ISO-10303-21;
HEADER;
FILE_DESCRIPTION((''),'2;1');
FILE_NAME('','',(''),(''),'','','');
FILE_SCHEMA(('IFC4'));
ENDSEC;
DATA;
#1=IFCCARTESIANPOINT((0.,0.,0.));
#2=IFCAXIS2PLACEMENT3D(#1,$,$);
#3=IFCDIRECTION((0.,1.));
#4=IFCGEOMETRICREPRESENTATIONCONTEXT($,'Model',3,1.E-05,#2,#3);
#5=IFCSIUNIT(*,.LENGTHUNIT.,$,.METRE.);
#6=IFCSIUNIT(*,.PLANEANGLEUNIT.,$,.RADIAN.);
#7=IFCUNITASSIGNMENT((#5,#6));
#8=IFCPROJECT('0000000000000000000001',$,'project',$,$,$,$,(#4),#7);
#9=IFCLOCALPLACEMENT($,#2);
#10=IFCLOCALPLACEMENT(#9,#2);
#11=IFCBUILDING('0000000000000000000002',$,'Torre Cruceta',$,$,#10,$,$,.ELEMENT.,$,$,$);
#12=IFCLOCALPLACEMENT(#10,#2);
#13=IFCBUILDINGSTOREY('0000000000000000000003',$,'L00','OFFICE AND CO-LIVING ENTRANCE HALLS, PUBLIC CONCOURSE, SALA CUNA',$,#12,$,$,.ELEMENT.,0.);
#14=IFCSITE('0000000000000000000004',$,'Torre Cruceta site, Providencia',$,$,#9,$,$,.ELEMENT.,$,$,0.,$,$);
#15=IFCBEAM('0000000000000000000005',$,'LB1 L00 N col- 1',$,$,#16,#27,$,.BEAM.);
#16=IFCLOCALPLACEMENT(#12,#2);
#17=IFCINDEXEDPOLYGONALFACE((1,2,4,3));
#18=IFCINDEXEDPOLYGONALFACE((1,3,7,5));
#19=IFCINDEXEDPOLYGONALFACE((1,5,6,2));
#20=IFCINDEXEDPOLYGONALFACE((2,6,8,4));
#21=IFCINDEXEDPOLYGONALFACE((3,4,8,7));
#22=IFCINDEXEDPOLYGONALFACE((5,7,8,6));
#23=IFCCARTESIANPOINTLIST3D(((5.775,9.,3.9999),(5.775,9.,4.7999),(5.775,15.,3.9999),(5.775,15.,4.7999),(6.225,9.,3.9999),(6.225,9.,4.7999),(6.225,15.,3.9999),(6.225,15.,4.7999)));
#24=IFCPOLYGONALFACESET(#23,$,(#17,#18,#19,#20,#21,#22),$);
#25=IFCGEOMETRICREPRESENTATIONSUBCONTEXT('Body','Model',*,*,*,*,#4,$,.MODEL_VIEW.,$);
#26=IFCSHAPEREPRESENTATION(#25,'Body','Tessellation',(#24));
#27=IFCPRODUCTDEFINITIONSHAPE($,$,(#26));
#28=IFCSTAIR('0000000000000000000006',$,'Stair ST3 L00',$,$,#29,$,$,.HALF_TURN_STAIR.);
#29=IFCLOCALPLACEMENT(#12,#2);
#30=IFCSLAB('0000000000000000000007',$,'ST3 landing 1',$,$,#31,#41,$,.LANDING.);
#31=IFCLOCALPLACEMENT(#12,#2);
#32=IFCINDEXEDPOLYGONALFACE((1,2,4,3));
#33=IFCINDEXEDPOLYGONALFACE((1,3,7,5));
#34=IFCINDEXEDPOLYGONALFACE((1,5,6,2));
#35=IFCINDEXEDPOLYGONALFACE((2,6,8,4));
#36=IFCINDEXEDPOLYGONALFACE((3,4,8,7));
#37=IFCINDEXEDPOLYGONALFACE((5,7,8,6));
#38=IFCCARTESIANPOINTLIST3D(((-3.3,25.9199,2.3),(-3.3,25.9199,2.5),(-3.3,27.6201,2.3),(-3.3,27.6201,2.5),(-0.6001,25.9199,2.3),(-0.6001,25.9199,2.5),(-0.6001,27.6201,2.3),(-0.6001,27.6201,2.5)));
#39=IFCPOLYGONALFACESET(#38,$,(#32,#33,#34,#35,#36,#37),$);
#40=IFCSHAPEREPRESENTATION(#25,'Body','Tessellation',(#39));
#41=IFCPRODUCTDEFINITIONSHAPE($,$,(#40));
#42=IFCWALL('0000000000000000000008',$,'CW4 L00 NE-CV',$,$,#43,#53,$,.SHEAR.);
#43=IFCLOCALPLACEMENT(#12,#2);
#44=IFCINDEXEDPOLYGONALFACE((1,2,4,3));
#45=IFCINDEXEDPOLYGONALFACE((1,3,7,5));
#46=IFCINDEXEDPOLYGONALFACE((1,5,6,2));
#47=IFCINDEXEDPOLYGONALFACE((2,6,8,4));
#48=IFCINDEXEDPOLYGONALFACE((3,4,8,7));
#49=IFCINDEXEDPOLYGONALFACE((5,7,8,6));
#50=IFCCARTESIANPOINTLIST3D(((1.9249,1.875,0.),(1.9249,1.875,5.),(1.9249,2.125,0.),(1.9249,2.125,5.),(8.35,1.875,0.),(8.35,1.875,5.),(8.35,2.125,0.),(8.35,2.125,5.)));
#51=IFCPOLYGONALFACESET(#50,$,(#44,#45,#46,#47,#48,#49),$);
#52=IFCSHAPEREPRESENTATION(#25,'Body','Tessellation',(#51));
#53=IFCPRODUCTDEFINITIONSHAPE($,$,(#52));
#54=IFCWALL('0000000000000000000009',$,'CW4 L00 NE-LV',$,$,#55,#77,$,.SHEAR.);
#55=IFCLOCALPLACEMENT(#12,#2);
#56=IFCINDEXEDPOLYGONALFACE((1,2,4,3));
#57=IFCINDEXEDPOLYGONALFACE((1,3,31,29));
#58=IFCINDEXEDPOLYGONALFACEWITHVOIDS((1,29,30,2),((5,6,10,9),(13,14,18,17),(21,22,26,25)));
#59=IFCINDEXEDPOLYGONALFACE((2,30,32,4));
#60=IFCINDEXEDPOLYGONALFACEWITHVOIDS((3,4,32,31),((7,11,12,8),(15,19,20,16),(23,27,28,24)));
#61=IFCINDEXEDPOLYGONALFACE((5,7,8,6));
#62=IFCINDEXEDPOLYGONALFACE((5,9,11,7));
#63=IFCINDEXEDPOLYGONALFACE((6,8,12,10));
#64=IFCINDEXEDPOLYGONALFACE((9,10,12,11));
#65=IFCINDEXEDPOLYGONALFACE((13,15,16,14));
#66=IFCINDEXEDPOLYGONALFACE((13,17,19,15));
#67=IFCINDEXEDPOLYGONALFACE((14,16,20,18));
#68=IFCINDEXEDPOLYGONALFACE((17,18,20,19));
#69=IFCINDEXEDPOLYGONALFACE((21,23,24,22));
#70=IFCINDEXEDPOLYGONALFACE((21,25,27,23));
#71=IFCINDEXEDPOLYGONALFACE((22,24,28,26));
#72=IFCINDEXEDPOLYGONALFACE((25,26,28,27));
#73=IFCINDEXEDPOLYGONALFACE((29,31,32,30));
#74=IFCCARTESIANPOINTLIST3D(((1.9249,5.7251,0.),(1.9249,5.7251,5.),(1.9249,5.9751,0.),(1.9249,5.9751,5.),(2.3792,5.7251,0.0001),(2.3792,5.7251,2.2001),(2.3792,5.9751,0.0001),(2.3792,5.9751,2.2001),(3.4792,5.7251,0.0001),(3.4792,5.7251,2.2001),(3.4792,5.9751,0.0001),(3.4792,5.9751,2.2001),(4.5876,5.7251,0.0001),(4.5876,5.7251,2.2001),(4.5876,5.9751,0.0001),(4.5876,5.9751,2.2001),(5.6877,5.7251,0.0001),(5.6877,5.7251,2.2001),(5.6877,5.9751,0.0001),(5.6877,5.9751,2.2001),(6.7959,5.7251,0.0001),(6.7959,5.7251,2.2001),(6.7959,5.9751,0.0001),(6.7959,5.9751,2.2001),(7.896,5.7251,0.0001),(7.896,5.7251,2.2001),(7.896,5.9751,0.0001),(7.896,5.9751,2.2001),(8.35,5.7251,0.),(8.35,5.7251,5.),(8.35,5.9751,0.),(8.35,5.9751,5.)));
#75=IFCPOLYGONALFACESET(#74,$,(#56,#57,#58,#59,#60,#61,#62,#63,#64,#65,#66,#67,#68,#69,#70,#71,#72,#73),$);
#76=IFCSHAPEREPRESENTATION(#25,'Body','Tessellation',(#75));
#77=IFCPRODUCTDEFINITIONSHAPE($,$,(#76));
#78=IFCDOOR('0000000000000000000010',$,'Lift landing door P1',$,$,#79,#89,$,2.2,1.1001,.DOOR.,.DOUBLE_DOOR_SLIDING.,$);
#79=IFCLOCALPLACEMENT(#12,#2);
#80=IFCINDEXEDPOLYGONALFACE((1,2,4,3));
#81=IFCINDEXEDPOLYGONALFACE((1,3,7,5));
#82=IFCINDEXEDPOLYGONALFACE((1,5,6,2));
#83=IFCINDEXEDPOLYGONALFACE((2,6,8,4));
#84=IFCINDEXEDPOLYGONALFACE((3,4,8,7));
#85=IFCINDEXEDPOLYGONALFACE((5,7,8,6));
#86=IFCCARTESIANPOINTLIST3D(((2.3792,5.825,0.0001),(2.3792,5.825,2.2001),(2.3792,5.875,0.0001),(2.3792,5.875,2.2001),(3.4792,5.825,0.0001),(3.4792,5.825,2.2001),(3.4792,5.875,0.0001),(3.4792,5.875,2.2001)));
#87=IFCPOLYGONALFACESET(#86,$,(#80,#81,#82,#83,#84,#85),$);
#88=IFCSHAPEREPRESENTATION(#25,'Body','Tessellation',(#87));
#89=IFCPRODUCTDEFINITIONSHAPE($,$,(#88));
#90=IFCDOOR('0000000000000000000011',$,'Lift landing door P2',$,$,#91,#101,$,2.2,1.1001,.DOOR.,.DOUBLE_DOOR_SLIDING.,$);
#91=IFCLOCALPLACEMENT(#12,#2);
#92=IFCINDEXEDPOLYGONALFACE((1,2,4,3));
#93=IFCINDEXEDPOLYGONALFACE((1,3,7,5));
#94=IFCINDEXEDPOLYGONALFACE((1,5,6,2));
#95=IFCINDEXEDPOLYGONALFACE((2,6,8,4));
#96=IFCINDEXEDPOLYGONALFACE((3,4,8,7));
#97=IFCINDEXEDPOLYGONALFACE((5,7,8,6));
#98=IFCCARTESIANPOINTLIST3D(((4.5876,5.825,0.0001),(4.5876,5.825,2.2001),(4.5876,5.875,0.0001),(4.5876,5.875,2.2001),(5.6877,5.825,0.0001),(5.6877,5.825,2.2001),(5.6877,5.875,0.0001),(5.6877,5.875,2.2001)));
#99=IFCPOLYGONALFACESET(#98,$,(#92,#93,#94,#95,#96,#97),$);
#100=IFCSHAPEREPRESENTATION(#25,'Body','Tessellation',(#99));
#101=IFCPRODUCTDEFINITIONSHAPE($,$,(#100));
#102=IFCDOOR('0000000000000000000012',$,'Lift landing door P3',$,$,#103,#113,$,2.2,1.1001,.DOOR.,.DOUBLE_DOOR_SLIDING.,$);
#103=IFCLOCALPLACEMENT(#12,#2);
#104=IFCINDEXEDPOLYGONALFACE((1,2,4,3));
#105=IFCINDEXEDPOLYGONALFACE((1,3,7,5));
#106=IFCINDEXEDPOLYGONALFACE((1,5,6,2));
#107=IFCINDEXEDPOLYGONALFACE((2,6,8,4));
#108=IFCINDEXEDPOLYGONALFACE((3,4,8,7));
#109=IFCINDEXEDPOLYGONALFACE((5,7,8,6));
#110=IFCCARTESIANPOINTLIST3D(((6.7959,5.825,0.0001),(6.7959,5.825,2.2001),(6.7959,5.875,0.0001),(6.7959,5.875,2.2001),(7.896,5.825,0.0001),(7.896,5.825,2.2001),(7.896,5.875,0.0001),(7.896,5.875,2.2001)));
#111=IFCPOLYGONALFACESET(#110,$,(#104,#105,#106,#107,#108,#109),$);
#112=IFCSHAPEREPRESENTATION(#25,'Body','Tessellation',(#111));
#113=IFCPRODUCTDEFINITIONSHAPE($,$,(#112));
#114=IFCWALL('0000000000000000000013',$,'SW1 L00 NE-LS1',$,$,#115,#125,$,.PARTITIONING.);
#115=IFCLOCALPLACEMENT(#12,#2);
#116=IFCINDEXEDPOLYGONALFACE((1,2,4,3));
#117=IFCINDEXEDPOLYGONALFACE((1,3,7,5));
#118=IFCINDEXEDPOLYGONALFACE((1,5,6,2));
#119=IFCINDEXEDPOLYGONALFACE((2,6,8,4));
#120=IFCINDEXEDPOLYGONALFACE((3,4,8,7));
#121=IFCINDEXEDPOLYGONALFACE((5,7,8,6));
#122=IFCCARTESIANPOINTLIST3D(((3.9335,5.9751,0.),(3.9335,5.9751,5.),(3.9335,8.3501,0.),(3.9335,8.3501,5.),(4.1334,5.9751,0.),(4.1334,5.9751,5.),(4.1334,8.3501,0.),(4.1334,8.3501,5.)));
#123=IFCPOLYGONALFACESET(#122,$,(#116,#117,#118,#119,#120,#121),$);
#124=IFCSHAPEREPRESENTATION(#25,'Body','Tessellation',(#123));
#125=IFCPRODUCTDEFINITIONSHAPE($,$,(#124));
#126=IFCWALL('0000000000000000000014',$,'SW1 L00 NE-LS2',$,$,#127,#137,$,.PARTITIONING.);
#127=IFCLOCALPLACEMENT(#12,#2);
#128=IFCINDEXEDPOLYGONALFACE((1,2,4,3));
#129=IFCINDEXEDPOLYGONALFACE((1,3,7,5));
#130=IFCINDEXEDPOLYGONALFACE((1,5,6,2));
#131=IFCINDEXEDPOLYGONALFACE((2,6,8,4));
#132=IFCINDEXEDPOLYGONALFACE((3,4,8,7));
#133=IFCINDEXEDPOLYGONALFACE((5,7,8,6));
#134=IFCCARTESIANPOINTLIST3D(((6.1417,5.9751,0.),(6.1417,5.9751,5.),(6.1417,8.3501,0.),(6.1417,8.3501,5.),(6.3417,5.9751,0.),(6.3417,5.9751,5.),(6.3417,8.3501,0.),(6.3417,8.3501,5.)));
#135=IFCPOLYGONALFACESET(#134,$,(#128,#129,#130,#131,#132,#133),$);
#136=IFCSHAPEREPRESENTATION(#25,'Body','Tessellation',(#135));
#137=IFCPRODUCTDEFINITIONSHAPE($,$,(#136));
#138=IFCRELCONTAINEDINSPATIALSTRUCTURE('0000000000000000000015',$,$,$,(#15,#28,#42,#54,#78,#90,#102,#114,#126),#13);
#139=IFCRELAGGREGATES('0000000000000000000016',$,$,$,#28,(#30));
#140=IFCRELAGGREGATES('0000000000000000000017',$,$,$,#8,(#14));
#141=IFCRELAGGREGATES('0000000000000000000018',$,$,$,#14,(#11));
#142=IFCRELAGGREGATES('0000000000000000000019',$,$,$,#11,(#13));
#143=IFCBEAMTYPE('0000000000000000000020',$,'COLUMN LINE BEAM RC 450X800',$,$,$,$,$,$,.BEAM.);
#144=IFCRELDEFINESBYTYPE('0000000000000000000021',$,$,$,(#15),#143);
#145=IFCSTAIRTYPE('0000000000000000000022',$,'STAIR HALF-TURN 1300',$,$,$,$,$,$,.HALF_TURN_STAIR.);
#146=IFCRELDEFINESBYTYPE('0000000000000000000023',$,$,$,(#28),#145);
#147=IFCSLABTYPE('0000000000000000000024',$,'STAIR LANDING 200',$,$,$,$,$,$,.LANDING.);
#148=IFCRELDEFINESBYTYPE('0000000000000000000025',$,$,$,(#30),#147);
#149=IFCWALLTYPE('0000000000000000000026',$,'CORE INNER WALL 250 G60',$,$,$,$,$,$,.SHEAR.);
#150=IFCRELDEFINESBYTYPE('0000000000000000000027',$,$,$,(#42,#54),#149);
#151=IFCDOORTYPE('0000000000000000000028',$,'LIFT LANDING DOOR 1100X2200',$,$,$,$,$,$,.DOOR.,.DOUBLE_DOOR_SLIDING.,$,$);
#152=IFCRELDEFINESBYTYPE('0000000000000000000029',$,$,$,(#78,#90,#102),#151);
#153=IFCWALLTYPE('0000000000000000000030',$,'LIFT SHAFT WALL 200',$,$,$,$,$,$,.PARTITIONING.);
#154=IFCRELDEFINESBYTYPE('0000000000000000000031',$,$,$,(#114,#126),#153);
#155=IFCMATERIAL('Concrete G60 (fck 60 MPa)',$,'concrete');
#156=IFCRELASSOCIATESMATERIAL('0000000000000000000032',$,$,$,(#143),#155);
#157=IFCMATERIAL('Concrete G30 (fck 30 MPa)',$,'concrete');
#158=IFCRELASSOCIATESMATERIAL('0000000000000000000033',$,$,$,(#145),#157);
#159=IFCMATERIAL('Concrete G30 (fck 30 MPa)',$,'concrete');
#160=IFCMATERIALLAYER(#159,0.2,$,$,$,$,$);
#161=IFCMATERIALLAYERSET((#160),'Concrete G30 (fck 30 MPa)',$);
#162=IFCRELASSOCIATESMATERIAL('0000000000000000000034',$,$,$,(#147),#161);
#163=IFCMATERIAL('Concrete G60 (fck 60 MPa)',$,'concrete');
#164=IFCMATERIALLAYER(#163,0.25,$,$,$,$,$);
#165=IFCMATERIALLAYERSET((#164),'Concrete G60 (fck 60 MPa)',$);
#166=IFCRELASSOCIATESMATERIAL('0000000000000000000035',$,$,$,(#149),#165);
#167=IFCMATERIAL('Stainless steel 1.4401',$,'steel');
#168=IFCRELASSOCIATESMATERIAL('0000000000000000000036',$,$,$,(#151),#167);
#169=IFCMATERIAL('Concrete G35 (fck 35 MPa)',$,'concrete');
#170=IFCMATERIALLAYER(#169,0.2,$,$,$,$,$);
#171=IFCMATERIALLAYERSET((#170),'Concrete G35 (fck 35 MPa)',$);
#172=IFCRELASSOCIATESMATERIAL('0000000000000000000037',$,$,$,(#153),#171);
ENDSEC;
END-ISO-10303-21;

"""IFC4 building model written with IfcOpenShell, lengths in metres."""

from ifc_helpers import new_model, si_unit, direction, frame, frame_2d, origin, origin_2d, place, context, subcontext, project, spatial, polyline, rectangle, outline, extrude, material, layer, layer_set, material_profile, profile_set, type_object, element, fill, aggregate, save


model = new_model("IFC4")

# Units and contexts
model_context = context("Model", 3, precision=1e-05, world=origin(), true_north=direction((0.0, 1.0)))
body_context = subcontext(model_context, "Body", "Model", "MODEL_VIEW")
ifc_project = project(units=[si_unit("LENGTHUNIT", "METRE"), si_unit("PLANEANGLEUNIT", "RADIAN")], contexts=[model_context])

# Site, building, storey
site_placement = place(None, origin())
site = spatial("IfcSite", under=ifc_project, at=site_placement, Name="Torre Cruceta site, Providencia", CompositionType="ELEMENT", RefElevation=0.0)
building_placement = place(site_placement, origin())
building = spatial("IfcBuilding", under=site, at=building_placement, Name="Torre Cruceta", CompositionType="ELEMENT")
storey_placement = place(building_placement, origin())
storey = spatial("IfcBuildingStorey", under=building, at=storey_placement, Name="L00", Description="OFFICE AND CO-LIVING ENTRANCE HALLS, PUBLIC CONCOURSE, SALA CUNA", CompositionType="ELEMENT", Elevation=0.0)

# Beam
ifc_material_1 = material(Name="Concrete G60 (fck 60 MPa)", Category="concrete")
ifc_material_profile = material_profile(ifc_material_1, rectangle(XDim=0.45, YDim=0.8, at=origin_2d()), Name="RC 450X800")
ifc_profile_set = profile_set([ifc_material_profile], Name="Concrete G60 (fck 60 MPa)")
beam_type = type_object("IfcBeamType", Name="COLUMN LINE BEAM RC 450X800", PredefinedType="BEAM", material=ifc_profile_set)
beam_placement = place(storey_placement, frame((6.0, 9.0, 4.3999), z_axis=(0.0, 1.0, 0.0), x_axis=(-1.0, 0.0, 0.0)))
element("IfcBeam", 1, at=beam_placement, inside=storey, type_object=beam_type, Name="LB1 L00 N col- 1", PredefinedType="BEAM", context=body_context, shape_type="SweptSolid", body=[
    extrude(rectangle(XDim=0.45, YDim=0.8, at=origin_2d()), origin(), (0.0, 0.0, 1.0), 6.0),
])

# Stair, slab
ifc_material_2 = material(Name="Concrete G30 (fck 30 MPa)", Category="concrete")
stair_type = type_object("IfcStairType", Name="STAIR HALF-TURN 1300", PredefinedType="HALF_TURN_STAIR", material=ifc_material_2)
stair_placement = place(storey_placement, origin())
stair = element("IfcStair", 2, at=stair_placement, inside=storey, type_object=stair_type, Name="Stair ST3 L00", PredefinedType="HALF_TURN_STAIR")
ifc_material_3 = material(Name="Concrete G30 (fck 30 MPa)", Category="concrete")
ifc_layer_1 = layer(ifc_material_3, 0.2)
ifc_layer_set_1 = layer_set([ifc_layer_1], Name="Concrete G30 (fck 30 MPa)")
slab_type = type_object("IfcSlabType", Name="STAIR LANDING 200", PredefinedType="LANDING", material=ifc_layer_set_1)
slab_placement = place(storey_placement, frame((0.0, 0.0, 2.3)))
slab = element("IfcSlab", 3, at=slab_placement, type_object=slab_type, Name="ST3 landing 1", PredefinedType="LANDING", context=body_context, shape_type="SweptSolid", body=[
    extrude(outline(polyline([(-0.6001, 25.9199), (-0.6001, 27.6201), (-3.3, 27.6201), (-3.3, 25.9199), (-0.6001, 25.9199)])), origin(), (0.0, 0.0, 1.0), 0.2),
])
aggregate(stair, [slab])

# Shared definitions
ifc_material_4 = material(Name="Concrete G60 (fck 60 MPa)", Category="concrete")
ifc_layer_2 = layer(ifc_material_4, 0.25)
ifc_layer_set_2 = layer_set([ifc_layer_2], Name="Concrete G60 (fck 60 MPa)")
wall_type_1 = type_object("IfcWallType", Name="CORE INNER WALL 250 G60", PredefinedType="SHEAR", material=ifc_layer_set_2)

# Wall
wall_1_placement = place(storey_placement, frame((1.925, 2.0, 0.0), z_axis=(0.0, 0.0, 1.0), x_axis=(1.0, 0.0, 0.0)))
element("IfcWall", 4, at=wall_1_placement, inside=storey, type_object=wall_type_1, Name="CW4 L00 NE-CV", PredefinedType="SHEAR", context=body_context, shape_type="SweptSolid", body=[
    extrude(rectangle(XDim=6.425, YDim=0.25, at=frame_2d((3.2124, 0.0))), origin(), (0.0, 0.0, 1.0), 5.0),
])

# Wall, openings, doors
wall_2_placement = place(storey_placement, frame((1.925, 5.8501, 0.0), z_axis=(0.0, 0.0, 1.0), x_axis=(1.0, 0.0, 0.0)))
wall_2 = element("IfcWall", 5, at=wall_2_placement, inside=storey, type_object=wall_type_1, Name="CW4 L00 NE-LV", PredefinedType="SHEAR", context=body_context, shape_type="SweptSolid", body=[
    extrude(rectangle(XDim=6.425, YDim=0.25, at=frame_2d((3.2124, 0.0))), origin(), (0.0, 0.0, 1.0), 5.0),
])
opening_1_placement = place(wall_2_placement, frame((0.4541, 0.0, 0.0)))
opening_1 = element("IfcOpeningElement", 6, at=opening_1_placement, cuts=wall_2, PredefinedType="OPENING", context=body_context, shape_type="SweptSolid", body=[
    extrude(rectangle(XDim=1.1001, YDim=2.2, at=frame_2d((0.55, 1.1001))), frame((0.0, 0.135, 0.0), z_axis=(0.0, -1.0, 0.0), x_axis=(1.0, 0.0, 0.0)), (0.0, 0.0, 1.0), 0.27),
])
opening_2_placement = place(wall_2_placement, frame((2.6626, 0.0, 0.0)))
opening_2 = element("IfcOpeningElement", 7, at=opening_2_placement, cuts=wall_2, PredefinedType="OPENING", context=body_context, shape_type="SweptSolid", body=[
    extrude(rectangle(XDim=1.1001, YDim=2.2, at=frame_2d((0.55, 1.1001))), frame((0.0, 0.135, 0.0), z_axis=(0.0, -1.0, 0.0), x_axis=(1.0, 0.0, 0.0)), (0.0, 0.0, 1.0), 0.27),
])
opening_3_placement = place(wall_2_placement, frame((4.8708, 0.0, 0.0)))
opening_3 = element("IfcOpeningElement", 8, at=opening_3_placement, cuts=wall_2, PredefinedType="OPENING", context=body_context, shape_type="SweptSolid", body=[
    extrude(rectangle(XDim=1.1001, YDim=2.2, at=frame_2d((0.55, 1.1001))), frame((0.0, 0.135, 0.0), z_axis=(0.0, -1.0, 0.0), x_axis=(1.0, 0.0, 0.0)), (0.0, 0.0, 1.0), 0.27),
])
ifc_material_5 = material(Name="Stainless steel 1.4401", Category="steel")
door_type_1 = type_object("IfcDoorType", Name="LIFT LANDING DOOR 1100X2200", OperationType="DOUBLE_DOOR_SLIDING", PredefinedType="DOOR", material=ifc_material_5)
door_1_placement = place(opening_1_placement, origin())
door_1 = element("IfcDoor", 9, at=door_1_placement, inside=storey, type_object=door_type_1, Name="Lift landing door P1", OperationType="DOUBLE_DOOR_SLIDING", OverallHeight=2.2, OverallWidth=1.1001, PredefinedType="DOOR", context=body_context, shape_type="SweptSolid", body=[
    extrude(rectangle(XDim=1.1001, YDim=2.2, at=frame_2d((0.55, 1.1001))), frame((0.0, 0.0249, 0.0), z_axis=(0.0, -1.0, 0.0), x_axis=(1.0, 0.0, 0.0)), (0.0, 0.0, 1.0), 0.05),
])
fill(opening_1, door_1)
door_2_placement = place(opening_2_placement, origin())
door_2 = element("IfcDoor", 10, at=door_2_placement, inside=storey, type_object=door_type_1, Name="Lift landing door P2", OperationType="DOUBLE_DOOR_SLIDING", OverallHeight=2.2, OverallWidth=1.1001, PredefinedType="DOOR", context=body_context, shape_type="SweptSolid", body=[
    extrude(rectangle(XDim=1.1001, YDim=2.2, at=frame_2d((0.55, 1.1001))), frame((0.0, 0.0249, 0.0), z_axis=(0.0, -1.0, 0.0), x_axis=(1.0, 0.0, 0.0)), (0.0, 0.0, 1.0), 0.05),
])
fill(opening_2, door_2)
door_3_placement = place(opening_3_placement, origin())
door_3 = element("IfcDoor", 11, at=door_3_placement, inside=storey, type_object=door_type_1, Name="Lift landing door P3", OperationType="DOUBLE_DOOR_SLIDING", OverallHeight=2.2, OverallWidth=1.1001, PredefinedType="DOOR", context=body_context, shape_type="SweptSolid", body=[
    extrude(rectangle(XDim=1.1001, YDim=2.2, at=frame_2d((0.55, 1.1001))), frame((0.0, 0.0249, 0.0), z_axis=(0.0, -1.0, 0.0), x_axis=(1.0, 0.0, 0.0)), (0.0, 0.0, 1.0), 0.05),
])
fill(opening_3, door_3)

# Walls
ifc_material_6 = material(Name="Concrete G35 (fck 35 MPa)", Category="concrete")
ifc_layer_3 = layer(ifc_material_6, 0.2)
ifc_layer_set_3 = layer_set([ifc_layer_3], Name="Concrete G35 (fck 35 MPa)")
wall_type_2 = type_object("IfcWallType", Name="LIFT SHAFT WALL 200", PredefinedType="PARTITIONING", material=ifc_layer_set_3)
for number, where, z_axis, x_axis, name in (
    (12, (4.0334, 5.9751, 0.0), (0.0, 0.0, 1.0), (0.0, 1.0, 0.0), "SW1 L00 NE-LS1"),
    (13, (6.2417, 5.9751, 0.0), (0.0, 0.0, 1.0), (0.0, 1.0, 0.0), "SW1 L00 NE-LS2"),
):
    element("IfcWall", number, at=place(storey_placement, frame(where, z_axis=z_axis, x_axis=x_axis)), inside=storey, type_object=wall_type_2, Name=name, PredefinedType="PARTITIONING", context=body_context, shape_type="SweptSolid", body=[
        extrude(rectangle(XDim=2.375, YDim=0.2, at=frame_2d((1.1875, 0.0))), origin(), (0.0, 0.0, 1.0), 5.0),
    ])

save(model, "model.ifc")
